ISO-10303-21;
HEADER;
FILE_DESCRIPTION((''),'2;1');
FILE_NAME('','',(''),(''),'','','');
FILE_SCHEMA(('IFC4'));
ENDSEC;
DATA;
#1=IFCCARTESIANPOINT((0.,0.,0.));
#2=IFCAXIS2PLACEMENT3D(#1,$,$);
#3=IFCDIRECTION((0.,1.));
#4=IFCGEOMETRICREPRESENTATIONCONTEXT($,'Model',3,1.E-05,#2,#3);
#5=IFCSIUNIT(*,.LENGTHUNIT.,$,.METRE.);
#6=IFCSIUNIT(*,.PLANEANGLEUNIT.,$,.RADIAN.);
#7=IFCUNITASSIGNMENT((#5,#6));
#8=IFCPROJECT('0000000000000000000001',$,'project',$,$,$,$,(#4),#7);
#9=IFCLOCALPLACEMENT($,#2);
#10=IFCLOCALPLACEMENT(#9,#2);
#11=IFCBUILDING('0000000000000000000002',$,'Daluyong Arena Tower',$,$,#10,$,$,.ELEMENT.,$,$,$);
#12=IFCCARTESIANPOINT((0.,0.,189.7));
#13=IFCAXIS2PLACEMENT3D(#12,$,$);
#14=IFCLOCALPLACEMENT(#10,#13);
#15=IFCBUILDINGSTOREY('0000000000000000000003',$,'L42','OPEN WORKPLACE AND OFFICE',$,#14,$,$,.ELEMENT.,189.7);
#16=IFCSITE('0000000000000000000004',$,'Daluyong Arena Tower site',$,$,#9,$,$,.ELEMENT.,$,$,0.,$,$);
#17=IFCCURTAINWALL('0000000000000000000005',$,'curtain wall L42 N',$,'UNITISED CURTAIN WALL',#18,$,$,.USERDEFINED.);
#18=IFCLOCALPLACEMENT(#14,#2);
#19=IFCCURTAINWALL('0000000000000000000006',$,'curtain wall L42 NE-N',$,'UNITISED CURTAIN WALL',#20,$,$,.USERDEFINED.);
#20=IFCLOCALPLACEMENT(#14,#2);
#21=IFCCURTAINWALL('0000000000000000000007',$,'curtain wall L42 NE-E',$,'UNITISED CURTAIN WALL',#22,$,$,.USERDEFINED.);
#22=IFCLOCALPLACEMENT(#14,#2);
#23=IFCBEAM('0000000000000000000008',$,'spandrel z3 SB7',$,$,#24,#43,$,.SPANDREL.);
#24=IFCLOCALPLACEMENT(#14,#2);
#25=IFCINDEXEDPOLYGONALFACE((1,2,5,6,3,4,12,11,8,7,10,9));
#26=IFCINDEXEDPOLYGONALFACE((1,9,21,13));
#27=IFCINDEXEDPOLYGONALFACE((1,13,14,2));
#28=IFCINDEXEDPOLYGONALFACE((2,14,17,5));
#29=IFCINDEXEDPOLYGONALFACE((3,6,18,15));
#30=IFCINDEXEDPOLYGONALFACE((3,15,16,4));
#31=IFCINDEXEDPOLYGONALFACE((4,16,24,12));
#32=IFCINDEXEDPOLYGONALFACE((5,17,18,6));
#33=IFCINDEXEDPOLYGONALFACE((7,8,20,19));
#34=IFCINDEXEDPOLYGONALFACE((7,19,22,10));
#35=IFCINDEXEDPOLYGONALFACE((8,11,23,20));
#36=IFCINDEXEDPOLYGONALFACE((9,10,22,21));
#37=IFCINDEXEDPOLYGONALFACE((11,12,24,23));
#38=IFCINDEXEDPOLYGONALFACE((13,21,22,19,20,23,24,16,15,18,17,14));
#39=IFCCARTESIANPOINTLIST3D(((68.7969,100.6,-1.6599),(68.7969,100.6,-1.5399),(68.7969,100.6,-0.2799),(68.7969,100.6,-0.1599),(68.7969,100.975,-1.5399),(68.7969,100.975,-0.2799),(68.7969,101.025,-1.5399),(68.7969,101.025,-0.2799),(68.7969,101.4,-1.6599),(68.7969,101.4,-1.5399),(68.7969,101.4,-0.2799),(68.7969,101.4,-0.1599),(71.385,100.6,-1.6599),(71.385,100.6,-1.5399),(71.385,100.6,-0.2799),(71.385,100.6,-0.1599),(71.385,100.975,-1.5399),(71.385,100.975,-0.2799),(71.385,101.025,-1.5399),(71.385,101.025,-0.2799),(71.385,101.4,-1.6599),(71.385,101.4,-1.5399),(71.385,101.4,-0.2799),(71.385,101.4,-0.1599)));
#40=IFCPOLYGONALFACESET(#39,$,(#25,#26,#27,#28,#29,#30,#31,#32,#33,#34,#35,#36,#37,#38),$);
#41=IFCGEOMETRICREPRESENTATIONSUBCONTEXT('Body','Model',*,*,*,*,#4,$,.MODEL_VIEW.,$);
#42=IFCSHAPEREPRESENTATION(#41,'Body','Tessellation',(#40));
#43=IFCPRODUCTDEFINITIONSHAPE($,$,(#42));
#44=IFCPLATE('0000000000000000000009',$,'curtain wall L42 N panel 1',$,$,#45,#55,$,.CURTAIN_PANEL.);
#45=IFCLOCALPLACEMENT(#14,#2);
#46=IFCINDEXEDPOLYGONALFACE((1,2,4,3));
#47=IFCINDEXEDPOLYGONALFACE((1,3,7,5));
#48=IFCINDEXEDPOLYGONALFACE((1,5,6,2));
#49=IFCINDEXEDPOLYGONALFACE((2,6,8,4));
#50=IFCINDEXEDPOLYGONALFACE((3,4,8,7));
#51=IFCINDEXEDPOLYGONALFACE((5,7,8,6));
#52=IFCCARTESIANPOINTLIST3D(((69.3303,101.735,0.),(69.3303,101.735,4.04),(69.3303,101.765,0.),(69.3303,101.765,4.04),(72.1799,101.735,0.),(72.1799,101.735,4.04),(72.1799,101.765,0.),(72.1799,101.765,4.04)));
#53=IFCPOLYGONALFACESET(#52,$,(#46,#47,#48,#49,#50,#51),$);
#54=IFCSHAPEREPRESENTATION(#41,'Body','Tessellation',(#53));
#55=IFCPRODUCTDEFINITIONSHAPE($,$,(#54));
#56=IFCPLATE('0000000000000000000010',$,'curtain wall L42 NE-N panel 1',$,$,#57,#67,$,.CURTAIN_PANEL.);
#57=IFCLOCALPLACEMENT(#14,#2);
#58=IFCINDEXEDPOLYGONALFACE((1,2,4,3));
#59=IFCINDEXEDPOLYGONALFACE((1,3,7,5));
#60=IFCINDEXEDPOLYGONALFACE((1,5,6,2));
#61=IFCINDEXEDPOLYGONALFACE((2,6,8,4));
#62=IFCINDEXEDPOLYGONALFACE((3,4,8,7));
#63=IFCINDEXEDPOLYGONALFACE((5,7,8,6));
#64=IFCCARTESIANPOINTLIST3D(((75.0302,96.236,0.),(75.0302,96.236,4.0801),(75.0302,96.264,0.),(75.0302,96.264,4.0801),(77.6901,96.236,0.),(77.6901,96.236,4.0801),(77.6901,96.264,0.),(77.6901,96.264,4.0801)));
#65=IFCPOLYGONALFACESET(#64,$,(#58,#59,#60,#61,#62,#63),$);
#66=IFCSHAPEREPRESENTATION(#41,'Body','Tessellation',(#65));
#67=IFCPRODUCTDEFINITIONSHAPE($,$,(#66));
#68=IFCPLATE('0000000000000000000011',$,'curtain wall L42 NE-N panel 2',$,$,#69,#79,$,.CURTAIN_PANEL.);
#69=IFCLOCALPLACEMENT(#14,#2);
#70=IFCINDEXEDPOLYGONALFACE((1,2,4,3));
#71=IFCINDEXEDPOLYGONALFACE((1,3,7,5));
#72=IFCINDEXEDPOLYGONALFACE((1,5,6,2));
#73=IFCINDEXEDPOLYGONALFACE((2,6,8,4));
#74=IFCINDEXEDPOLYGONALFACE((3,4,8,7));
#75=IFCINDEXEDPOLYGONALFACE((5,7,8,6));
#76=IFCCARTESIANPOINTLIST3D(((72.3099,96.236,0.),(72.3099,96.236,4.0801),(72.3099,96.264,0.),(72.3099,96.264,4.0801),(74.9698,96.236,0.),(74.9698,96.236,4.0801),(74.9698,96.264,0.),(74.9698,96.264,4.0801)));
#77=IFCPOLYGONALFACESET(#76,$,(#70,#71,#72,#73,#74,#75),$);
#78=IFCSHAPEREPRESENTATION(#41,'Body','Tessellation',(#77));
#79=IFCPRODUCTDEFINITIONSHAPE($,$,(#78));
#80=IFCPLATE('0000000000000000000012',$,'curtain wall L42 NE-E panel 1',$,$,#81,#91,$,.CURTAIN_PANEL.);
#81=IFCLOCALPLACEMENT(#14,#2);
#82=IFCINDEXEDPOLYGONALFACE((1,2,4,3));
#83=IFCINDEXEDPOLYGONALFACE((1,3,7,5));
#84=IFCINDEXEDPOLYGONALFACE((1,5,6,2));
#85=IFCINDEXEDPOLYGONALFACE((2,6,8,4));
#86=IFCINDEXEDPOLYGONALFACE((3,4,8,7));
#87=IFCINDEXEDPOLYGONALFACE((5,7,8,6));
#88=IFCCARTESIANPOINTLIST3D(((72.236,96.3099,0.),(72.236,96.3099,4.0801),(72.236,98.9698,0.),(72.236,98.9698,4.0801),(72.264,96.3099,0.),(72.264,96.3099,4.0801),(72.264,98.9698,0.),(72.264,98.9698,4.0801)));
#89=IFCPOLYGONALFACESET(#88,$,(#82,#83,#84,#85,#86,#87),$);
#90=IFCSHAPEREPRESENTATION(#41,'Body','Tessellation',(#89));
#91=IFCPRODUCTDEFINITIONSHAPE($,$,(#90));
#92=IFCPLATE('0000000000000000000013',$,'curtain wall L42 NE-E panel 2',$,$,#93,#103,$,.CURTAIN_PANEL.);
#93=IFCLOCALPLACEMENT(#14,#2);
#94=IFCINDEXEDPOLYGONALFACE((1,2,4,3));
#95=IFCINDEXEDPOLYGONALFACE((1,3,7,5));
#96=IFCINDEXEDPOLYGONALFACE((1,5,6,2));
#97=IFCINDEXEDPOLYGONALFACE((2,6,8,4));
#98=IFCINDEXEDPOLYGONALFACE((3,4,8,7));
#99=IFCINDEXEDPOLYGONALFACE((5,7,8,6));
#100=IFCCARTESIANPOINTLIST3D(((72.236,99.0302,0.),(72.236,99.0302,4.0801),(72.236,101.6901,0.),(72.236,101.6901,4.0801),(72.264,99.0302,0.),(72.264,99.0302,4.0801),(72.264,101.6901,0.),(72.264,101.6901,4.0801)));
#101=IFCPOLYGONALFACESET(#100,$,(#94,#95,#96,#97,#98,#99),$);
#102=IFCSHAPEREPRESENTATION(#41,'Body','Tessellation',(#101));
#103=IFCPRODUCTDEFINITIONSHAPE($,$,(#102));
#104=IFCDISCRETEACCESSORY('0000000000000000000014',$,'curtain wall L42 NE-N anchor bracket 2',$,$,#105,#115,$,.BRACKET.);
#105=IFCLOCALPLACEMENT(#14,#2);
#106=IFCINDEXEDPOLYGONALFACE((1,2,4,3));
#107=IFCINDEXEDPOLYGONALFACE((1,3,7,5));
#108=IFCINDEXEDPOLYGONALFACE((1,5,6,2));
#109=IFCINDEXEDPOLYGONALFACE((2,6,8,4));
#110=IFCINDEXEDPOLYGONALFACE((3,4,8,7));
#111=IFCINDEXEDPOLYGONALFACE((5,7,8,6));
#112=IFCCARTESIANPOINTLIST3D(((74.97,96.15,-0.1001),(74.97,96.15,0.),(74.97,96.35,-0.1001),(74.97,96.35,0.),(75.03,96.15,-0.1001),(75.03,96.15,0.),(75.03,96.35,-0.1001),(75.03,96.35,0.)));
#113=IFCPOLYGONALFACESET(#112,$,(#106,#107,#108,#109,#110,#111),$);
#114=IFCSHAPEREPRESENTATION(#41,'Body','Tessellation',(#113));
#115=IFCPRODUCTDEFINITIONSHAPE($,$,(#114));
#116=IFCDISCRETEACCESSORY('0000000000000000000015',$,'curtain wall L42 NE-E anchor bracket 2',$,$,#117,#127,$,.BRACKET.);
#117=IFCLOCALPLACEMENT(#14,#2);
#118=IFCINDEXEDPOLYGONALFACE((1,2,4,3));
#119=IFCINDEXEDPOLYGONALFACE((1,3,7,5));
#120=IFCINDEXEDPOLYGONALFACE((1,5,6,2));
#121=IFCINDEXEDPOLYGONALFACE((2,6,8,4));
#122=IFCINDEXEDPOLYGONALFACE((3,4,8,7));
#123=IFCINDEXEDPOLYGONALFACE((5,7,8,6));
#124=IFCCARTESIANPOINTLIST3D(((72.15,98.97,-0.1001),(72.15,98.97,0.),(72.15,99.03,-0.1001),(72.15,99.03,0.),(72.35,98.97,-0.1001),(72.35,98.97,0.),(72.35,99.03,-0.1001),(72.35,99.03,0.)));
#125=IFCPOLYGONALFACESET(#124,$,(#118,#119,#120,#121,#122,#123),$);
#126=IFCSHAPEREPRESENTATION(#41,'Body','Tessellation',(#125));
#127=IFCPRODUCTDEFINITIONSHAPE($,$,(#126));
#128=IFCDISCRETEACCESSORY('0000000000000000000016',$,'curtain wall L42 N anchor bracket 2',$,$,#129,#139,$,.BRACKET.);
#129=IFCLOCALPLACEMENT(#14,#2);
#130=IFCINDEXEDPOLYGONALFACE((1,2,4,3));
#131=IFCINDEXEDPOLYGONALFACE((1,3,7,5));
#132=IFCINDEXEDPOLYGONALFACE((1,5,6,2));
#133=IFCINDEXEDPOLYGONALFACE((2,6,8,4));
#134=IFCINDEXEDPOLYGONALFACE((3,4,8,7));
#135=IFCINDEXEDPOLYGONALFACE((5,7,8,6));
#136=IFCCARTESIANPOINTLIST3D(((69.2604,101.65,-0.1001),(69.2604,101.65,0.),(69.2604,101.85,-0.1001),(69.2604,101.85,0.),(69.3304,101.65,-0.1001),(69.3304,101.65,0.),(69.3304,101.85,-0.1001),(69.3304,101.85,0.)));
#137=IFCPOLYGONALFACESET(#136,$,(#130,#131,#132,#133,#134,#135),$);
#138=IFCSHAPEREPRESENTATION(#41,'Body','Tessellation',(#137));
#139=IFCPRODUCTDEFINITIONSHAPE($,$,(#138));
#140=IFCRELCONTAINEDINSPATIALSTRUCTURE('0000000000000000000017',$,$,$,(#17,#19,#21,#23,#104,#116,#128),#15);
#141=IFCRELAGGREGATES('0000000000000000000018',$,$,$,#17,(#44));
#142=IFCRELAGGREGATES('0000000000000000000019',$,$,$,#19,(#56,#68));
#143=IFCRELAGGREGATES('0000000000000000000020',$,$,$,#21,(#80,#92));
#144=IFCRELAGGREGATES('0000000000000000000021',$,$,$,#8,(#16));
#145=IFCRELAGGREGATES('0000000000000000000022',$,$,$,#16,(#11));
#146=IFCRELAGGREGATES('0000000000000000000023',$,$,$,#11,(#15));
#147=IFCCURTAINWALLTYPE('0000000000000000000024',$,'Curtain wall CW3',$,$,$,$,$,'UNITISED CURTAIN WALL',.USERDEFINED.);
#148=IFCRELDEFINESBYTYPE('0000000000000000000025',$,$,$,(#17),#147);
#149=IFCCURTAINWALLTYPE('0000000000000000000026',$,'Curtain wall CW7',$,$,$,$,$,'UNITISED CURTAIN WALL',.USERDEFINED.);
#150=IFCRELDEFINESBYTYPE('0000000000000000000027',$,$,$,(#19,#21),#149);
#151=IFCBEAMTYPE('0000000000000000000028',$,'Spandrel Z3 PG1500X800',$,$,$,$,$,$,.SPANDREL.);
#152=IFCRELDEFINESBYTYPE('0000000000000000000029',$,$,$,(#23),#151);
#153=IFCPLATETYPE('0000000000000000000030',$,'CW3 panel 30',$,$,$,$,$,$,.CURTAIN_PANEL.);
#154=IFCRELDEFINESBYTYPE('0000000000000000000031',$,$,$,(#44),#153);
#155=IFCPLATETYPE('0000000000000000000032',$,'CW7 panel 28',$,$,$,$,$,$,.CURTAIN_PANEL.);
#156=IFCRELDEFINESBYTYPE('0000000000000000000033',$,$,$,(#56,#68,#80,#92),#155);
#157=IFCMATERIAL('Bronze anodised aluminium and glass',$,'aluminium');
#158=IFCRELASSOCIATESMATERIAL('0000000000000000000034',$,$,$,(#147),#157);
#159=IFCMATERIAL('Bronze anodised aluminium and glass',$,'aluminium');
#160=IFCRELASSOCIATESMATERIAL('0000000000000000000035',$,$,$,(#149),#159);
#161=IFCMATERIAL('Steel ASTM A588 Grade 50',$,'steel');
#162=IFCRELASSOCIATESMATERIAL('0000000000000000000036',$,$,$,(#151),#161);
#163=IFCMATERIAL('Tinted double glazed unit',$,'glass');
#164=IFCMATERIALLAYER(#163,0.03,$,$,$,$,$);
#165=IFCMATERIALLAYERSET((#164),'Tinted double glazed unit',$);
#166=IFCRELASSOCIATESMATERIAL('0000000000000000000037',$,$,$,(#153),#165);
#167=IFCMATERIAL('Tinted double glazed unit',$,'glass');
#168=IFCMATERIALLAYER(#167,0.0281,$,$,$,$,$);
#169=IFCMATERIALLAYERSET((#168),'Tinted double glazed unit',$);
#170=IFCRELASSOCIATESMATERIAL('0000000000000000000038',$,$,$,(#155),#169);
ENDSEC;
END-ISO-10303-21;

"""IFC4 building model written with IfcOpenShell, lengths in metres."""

from ifc_helpers import new_model, si_unit, direction, frame, origin, origin_2d, place, context, subcontext, project, spatial, rectangle, i_section, extrude, material, layer, layer_set, material_profile, profile_set, type_object, element, aggregate, save


model = new_model("IFC4")

# Units and contexts
model_context = context("Model", 3, precision=1e-05, world=origin(), true_north=direction((0.0, 1.0)))
body_context = subcontext(model_context, "Body", "Model", "MODEL_VIEW")
ifc_project = project(units=[si_unit("LENGTHUNIT", "METRE"), si_unit("PLANEANGLEUNIT", "RADIAN")], contexts=[model_context])

# Site, building, storey
site_placement = place(None, origin())
site = spatial("IfcSite", under=ifc_project, at=site_placement, Name="Daluyong Arena Tower site", CompositionType="ELEMENT", RefElevation=0.0)
building_placement = place(site_placement, origin())
building = spatial("IfcBuilding", under=site, at=building_placement, Name="Daluyong Arena Tower", CompositionType="ELEMENT")
storey_placement = place(building_placement, frame((0.0, 0.0, 189.7)))
storey = spatial("IfcBuildingStorey", under=building, at=storey_placement, Name="L42", Description="OPEN WORKPLACE AND OFFICE", CompositionType="ELEMENT", Elevation=189.7)

# Shared definitions
ifc_material_1 = material(Name="Bronze anodised aluminium and glass", Category="aluminium")
curtain_wall_type_1 = type_object("IfcCurtainWallType", Name="Curtain wall CW3", ElementType="UNITISED CURTAIN WALL", PredefinedType="USERDEFINED", material=ifc_material_1)

# Curtain walls
curtain_wall_1_placement = place(storey_placement, origin())
curtain_wall_1 = element("IfcCurtainWall", 1, at=curtain_wall_1_placement, inside=storey, type_object=curtain_wall_type_1, Name="curtain wall L42 N", ObjectType="UNITISED CURTAIN WALL", PredefinedType="USERDEFINED")
ifc_material_2 = material(Name="Bronze anodised aluminium and glass", Category="aluminium")
curtain_wall_type_2 = type_object("IfcCurtainWallType", Name="Curtain wall CW7", ElementType="UNITISED CURTAIN WALL", PredefinedType="USERDEFINED", material=ifc_material_2)
curtain_wall_2_placement = place(storey_placement, origin())
curtain_wall_2 = element("IfcCurtainWall", 2, at=curtain_wall_2_placement, inside=storey, type_object=curtain_wall_type_2, Name="curtain wall L42 NE-N", ObjectType="UNITISED CURTAIN WALL", PredefinedType="USERDEFINED")
curtain_wall_3_placement = place(storey_placement, origin())
curtain_wall_3 = element("IfcCurtainWall", 3, at=curtain_wall_3_placement, inside=storey, type_object=curtain_wall_type_2, Name="curtain wall L42 NE-E", ObjectType="UNITISED CURTAIN WALL", PredefinedType="USERDEFINED")

# Beam
ifc_material_3 = material(Name="Steel ASTM A588 Grade 50", Category="steel")
ifc_material_profile_1 = material_profile(ifc_material_3, i_section(OverallWidth=0.8, OverallDepth=1.5, WebThickness=0.05, FlangeThickness=0.12, at=origin_2d()))
ifc_profile_set_1 = profile_set([ifc_material_profile_1], Name="Steel ASTM A588 Grade 50")
beam_type_1 = type_object("IfcBeamType", Name="Spandrel Z3 PG1500X800", PredefinedType="SPANDREL", material=ifc_profile_set_1)
beam_1_placement = place(storey_placement, frame((71.385, 101.0, -0.9099), z_axis=(-1.0, 0.0, 0.0), x_axis=(0.0, -1.0, 0.0)))
element("IfcBeam", 4, at=beam_1_placement, inside=storey, type_object=beam_type_1, Name="spandrel z3 SB7", PredefinedType="SPANDREL", context=body_context, shape_type="SweptSolid", body=[
    extrude(i_section(OverallWidth=0.8, OverallDepth=1.5, WebThickness=0.05, FlangeThickness=0.12, at=origin_2d()), origin(), (0.0, 0.0, 1.0), 2.5881),
])

# Plates
ifc_material_4 = material(Name="Tinted double glazed unit", Category="glass")
ifc_layer_1 = layer(ifc_material_4, 0.03)
ifc_layer_set_1 = layer_set([ifc_layer_1], Name="Tinted double glazed unit")
plate_type_1 = type_object("IfcPlateType", Name="CW3 panel 30", PredefinedType="CURTAIN_PANEL", material=ifc_layer_set_1)
plate_1_placement = place(storey_placement, frame((70.7551, 101.75, 0.0), z_axis=(0.0, 0.0, 1.0), x_axis=(-1.0, 0.0, 0.0)))
plate_1 = element("IfcPlate", 5, at=plate_1_placement, type_object=plate_type_1, Name="curtain wall L42 N panel 1", PredefinedType="CURTAIN_PANEL", context=body_context, shape_type="SweptSolid", body=[
    extrude(rectangle(XDim=2.8496, YDim=0.03, at=origin_2d()), origin(), (0.0, 0.0, 1.0), 4.04),
])
aggregate(curtain_wall_1, [plate_1])
ifc_material_5 = material(Name="Tinted double glazed unit", Category="glass")
ifc_layer_2 = layer(ifc_material_5, 0.0281)
ifc_layer_set_2 = layer_set([ifc_layer_2], Name="Tinted double glazed unit")
plate_type_2 = type_object("IfcPlateType", Name="CW7 panel 28", PredefinedType="CURTAIN_PANEL", material=ifc_layer_set_2)
plate_2_placement = place(storey_placement, frame((76.3601, 96.25, 0.0), z_axis=(0.0, 0.0, 1.0), x_axis=(-1.0, 0.0, 0.0)))
plate_2 = element("IfcPlate", 6, at=plate_2_placement, type_object=plate_type_2, Name="curtain wall L42 NE-N panel 1", PredefinedType="CURTAIN_PANEL", context=body_context, shape_type="SweptSolid", body=[
    extrude(rectangle(XDim=2.6599, YDim=0.0281, at=origin_2d()), origin(), (0.0, 0.0, 1.0), 4.0801),
])
plate_3_placement = place(storey_placement, frame((73.6399, 96.25, 0.0), z_axis=(0.0, 0.0, 1.0), x_axis=(-1.0, 0.0, 0.0)))
plate_3 = element("IfcPlate", 7, at=plate_3_placement, type_object=plate_type_2, Name="curtain wall L42 NE-N panel 2", PredefinedType="CURTAIN_PANEL", context=body_context, shape_type="SweptSolid", body=[
    extrude(rectangle(XDim=2.6599, YDim=0.0281, at=origin_2d()), origin(), (0.0, 0.0, 1.0), 4.0801),
])
aggregate(curtain_wall_2, [plate_2, plate_3])
plate_4_placement = place(storey_placement, frame((72.25, 97.6399, 0.0), z_axis=(0.0, 0.0, 1.0), x_axis=(0.0, 1.0, 0.0)))
plate_4 = element("IfcPlate", 8, at=plate_4_placement, type_object=plate_type_2, Name="curtain wall L42 NE-E panel 1", PredefinedType="CURTAIN_PANEL", context=body_context, shape_type="SweptSolid", body=[
    extrude(rectangle(XDim=2.6599, YDim=0.0281, at=origin_2d()), origin(), (0.0, 0.0, 1.0), 4.0801),
])
plate_5_placement = place(storey_placement, frame((72.25, 100.3601, 0.0), z_axis=(0.0, 0.0, 1.0), x_axis=(0.0, 1.0, 0.0)))
plate_5 = element("IfcPlate", 9, at=plate_5_placement, type_object=plate_type_2, Name="curtain wall L42 NE-E panel 2", PredefinedType="CURTAIN_PANEL", context=body_context, shape_type="SweptSolid", body=[
    extrude(rectangle(XDim=2.6599, YDim=0.0281, at=origin_2d()), origin(), (0.0, 0.0, 1.0), 4.0801),
])
aggregate(curtain_wall_3, [plate_4, plate_5])

# Discrete accessories
for number, where, z_axis, x_axis, name in (
    (10, (75.0, 96.25, -0.1001), (0.0, 0.0, 1.0), (-1.0, 0.0, 0.0), "curtain wall L42 NE-N anchor bracket 2"),
    (11, (72.25, 99.0, -0.1001), (0.0, 0.0, 1.0), (0.0, 1.0, 0.0), "curtain wall L42 NE-E anchor bracket 2"),
):
    element("IfcDiscreteAccessory", number, at=place(storey_placement, frame(where, z_axis=z_axis, x_axis=x_axis)), inside=storey, Name=name, PredefinedType="BRACKET", context=body_context, shape_type="SweptSolid", body=[
        extrude(rectangle(XDim=0.0601, YDim=0.2, at=origin_2d()), origin(), (0.0, 0.0, 1.0), 0.1001),
    ])
discrete_accessory_placement = place(storey_placement, frame((69.2954, 101.75, -0.1001), z_axis=(0.0, 0.0, 1.0), x_axis=(-1.0, 0.0, 0.0)))
element("IfcDiscreteAccessory", 12, at=discrete_accessory_placement, inside=storey, Name="curtain wall L42 N anchor bracket 2", PredefinedType="BRACKET", context=body_context, shape_type="SweptSolid", body=[
    extrude(rectangle(XDim=0.0701, YDim=0.2, at=origin_2d()), origin(), (0.0, 0.0, 1.0), 0.1001),
])

save(model, "model.ifc")
